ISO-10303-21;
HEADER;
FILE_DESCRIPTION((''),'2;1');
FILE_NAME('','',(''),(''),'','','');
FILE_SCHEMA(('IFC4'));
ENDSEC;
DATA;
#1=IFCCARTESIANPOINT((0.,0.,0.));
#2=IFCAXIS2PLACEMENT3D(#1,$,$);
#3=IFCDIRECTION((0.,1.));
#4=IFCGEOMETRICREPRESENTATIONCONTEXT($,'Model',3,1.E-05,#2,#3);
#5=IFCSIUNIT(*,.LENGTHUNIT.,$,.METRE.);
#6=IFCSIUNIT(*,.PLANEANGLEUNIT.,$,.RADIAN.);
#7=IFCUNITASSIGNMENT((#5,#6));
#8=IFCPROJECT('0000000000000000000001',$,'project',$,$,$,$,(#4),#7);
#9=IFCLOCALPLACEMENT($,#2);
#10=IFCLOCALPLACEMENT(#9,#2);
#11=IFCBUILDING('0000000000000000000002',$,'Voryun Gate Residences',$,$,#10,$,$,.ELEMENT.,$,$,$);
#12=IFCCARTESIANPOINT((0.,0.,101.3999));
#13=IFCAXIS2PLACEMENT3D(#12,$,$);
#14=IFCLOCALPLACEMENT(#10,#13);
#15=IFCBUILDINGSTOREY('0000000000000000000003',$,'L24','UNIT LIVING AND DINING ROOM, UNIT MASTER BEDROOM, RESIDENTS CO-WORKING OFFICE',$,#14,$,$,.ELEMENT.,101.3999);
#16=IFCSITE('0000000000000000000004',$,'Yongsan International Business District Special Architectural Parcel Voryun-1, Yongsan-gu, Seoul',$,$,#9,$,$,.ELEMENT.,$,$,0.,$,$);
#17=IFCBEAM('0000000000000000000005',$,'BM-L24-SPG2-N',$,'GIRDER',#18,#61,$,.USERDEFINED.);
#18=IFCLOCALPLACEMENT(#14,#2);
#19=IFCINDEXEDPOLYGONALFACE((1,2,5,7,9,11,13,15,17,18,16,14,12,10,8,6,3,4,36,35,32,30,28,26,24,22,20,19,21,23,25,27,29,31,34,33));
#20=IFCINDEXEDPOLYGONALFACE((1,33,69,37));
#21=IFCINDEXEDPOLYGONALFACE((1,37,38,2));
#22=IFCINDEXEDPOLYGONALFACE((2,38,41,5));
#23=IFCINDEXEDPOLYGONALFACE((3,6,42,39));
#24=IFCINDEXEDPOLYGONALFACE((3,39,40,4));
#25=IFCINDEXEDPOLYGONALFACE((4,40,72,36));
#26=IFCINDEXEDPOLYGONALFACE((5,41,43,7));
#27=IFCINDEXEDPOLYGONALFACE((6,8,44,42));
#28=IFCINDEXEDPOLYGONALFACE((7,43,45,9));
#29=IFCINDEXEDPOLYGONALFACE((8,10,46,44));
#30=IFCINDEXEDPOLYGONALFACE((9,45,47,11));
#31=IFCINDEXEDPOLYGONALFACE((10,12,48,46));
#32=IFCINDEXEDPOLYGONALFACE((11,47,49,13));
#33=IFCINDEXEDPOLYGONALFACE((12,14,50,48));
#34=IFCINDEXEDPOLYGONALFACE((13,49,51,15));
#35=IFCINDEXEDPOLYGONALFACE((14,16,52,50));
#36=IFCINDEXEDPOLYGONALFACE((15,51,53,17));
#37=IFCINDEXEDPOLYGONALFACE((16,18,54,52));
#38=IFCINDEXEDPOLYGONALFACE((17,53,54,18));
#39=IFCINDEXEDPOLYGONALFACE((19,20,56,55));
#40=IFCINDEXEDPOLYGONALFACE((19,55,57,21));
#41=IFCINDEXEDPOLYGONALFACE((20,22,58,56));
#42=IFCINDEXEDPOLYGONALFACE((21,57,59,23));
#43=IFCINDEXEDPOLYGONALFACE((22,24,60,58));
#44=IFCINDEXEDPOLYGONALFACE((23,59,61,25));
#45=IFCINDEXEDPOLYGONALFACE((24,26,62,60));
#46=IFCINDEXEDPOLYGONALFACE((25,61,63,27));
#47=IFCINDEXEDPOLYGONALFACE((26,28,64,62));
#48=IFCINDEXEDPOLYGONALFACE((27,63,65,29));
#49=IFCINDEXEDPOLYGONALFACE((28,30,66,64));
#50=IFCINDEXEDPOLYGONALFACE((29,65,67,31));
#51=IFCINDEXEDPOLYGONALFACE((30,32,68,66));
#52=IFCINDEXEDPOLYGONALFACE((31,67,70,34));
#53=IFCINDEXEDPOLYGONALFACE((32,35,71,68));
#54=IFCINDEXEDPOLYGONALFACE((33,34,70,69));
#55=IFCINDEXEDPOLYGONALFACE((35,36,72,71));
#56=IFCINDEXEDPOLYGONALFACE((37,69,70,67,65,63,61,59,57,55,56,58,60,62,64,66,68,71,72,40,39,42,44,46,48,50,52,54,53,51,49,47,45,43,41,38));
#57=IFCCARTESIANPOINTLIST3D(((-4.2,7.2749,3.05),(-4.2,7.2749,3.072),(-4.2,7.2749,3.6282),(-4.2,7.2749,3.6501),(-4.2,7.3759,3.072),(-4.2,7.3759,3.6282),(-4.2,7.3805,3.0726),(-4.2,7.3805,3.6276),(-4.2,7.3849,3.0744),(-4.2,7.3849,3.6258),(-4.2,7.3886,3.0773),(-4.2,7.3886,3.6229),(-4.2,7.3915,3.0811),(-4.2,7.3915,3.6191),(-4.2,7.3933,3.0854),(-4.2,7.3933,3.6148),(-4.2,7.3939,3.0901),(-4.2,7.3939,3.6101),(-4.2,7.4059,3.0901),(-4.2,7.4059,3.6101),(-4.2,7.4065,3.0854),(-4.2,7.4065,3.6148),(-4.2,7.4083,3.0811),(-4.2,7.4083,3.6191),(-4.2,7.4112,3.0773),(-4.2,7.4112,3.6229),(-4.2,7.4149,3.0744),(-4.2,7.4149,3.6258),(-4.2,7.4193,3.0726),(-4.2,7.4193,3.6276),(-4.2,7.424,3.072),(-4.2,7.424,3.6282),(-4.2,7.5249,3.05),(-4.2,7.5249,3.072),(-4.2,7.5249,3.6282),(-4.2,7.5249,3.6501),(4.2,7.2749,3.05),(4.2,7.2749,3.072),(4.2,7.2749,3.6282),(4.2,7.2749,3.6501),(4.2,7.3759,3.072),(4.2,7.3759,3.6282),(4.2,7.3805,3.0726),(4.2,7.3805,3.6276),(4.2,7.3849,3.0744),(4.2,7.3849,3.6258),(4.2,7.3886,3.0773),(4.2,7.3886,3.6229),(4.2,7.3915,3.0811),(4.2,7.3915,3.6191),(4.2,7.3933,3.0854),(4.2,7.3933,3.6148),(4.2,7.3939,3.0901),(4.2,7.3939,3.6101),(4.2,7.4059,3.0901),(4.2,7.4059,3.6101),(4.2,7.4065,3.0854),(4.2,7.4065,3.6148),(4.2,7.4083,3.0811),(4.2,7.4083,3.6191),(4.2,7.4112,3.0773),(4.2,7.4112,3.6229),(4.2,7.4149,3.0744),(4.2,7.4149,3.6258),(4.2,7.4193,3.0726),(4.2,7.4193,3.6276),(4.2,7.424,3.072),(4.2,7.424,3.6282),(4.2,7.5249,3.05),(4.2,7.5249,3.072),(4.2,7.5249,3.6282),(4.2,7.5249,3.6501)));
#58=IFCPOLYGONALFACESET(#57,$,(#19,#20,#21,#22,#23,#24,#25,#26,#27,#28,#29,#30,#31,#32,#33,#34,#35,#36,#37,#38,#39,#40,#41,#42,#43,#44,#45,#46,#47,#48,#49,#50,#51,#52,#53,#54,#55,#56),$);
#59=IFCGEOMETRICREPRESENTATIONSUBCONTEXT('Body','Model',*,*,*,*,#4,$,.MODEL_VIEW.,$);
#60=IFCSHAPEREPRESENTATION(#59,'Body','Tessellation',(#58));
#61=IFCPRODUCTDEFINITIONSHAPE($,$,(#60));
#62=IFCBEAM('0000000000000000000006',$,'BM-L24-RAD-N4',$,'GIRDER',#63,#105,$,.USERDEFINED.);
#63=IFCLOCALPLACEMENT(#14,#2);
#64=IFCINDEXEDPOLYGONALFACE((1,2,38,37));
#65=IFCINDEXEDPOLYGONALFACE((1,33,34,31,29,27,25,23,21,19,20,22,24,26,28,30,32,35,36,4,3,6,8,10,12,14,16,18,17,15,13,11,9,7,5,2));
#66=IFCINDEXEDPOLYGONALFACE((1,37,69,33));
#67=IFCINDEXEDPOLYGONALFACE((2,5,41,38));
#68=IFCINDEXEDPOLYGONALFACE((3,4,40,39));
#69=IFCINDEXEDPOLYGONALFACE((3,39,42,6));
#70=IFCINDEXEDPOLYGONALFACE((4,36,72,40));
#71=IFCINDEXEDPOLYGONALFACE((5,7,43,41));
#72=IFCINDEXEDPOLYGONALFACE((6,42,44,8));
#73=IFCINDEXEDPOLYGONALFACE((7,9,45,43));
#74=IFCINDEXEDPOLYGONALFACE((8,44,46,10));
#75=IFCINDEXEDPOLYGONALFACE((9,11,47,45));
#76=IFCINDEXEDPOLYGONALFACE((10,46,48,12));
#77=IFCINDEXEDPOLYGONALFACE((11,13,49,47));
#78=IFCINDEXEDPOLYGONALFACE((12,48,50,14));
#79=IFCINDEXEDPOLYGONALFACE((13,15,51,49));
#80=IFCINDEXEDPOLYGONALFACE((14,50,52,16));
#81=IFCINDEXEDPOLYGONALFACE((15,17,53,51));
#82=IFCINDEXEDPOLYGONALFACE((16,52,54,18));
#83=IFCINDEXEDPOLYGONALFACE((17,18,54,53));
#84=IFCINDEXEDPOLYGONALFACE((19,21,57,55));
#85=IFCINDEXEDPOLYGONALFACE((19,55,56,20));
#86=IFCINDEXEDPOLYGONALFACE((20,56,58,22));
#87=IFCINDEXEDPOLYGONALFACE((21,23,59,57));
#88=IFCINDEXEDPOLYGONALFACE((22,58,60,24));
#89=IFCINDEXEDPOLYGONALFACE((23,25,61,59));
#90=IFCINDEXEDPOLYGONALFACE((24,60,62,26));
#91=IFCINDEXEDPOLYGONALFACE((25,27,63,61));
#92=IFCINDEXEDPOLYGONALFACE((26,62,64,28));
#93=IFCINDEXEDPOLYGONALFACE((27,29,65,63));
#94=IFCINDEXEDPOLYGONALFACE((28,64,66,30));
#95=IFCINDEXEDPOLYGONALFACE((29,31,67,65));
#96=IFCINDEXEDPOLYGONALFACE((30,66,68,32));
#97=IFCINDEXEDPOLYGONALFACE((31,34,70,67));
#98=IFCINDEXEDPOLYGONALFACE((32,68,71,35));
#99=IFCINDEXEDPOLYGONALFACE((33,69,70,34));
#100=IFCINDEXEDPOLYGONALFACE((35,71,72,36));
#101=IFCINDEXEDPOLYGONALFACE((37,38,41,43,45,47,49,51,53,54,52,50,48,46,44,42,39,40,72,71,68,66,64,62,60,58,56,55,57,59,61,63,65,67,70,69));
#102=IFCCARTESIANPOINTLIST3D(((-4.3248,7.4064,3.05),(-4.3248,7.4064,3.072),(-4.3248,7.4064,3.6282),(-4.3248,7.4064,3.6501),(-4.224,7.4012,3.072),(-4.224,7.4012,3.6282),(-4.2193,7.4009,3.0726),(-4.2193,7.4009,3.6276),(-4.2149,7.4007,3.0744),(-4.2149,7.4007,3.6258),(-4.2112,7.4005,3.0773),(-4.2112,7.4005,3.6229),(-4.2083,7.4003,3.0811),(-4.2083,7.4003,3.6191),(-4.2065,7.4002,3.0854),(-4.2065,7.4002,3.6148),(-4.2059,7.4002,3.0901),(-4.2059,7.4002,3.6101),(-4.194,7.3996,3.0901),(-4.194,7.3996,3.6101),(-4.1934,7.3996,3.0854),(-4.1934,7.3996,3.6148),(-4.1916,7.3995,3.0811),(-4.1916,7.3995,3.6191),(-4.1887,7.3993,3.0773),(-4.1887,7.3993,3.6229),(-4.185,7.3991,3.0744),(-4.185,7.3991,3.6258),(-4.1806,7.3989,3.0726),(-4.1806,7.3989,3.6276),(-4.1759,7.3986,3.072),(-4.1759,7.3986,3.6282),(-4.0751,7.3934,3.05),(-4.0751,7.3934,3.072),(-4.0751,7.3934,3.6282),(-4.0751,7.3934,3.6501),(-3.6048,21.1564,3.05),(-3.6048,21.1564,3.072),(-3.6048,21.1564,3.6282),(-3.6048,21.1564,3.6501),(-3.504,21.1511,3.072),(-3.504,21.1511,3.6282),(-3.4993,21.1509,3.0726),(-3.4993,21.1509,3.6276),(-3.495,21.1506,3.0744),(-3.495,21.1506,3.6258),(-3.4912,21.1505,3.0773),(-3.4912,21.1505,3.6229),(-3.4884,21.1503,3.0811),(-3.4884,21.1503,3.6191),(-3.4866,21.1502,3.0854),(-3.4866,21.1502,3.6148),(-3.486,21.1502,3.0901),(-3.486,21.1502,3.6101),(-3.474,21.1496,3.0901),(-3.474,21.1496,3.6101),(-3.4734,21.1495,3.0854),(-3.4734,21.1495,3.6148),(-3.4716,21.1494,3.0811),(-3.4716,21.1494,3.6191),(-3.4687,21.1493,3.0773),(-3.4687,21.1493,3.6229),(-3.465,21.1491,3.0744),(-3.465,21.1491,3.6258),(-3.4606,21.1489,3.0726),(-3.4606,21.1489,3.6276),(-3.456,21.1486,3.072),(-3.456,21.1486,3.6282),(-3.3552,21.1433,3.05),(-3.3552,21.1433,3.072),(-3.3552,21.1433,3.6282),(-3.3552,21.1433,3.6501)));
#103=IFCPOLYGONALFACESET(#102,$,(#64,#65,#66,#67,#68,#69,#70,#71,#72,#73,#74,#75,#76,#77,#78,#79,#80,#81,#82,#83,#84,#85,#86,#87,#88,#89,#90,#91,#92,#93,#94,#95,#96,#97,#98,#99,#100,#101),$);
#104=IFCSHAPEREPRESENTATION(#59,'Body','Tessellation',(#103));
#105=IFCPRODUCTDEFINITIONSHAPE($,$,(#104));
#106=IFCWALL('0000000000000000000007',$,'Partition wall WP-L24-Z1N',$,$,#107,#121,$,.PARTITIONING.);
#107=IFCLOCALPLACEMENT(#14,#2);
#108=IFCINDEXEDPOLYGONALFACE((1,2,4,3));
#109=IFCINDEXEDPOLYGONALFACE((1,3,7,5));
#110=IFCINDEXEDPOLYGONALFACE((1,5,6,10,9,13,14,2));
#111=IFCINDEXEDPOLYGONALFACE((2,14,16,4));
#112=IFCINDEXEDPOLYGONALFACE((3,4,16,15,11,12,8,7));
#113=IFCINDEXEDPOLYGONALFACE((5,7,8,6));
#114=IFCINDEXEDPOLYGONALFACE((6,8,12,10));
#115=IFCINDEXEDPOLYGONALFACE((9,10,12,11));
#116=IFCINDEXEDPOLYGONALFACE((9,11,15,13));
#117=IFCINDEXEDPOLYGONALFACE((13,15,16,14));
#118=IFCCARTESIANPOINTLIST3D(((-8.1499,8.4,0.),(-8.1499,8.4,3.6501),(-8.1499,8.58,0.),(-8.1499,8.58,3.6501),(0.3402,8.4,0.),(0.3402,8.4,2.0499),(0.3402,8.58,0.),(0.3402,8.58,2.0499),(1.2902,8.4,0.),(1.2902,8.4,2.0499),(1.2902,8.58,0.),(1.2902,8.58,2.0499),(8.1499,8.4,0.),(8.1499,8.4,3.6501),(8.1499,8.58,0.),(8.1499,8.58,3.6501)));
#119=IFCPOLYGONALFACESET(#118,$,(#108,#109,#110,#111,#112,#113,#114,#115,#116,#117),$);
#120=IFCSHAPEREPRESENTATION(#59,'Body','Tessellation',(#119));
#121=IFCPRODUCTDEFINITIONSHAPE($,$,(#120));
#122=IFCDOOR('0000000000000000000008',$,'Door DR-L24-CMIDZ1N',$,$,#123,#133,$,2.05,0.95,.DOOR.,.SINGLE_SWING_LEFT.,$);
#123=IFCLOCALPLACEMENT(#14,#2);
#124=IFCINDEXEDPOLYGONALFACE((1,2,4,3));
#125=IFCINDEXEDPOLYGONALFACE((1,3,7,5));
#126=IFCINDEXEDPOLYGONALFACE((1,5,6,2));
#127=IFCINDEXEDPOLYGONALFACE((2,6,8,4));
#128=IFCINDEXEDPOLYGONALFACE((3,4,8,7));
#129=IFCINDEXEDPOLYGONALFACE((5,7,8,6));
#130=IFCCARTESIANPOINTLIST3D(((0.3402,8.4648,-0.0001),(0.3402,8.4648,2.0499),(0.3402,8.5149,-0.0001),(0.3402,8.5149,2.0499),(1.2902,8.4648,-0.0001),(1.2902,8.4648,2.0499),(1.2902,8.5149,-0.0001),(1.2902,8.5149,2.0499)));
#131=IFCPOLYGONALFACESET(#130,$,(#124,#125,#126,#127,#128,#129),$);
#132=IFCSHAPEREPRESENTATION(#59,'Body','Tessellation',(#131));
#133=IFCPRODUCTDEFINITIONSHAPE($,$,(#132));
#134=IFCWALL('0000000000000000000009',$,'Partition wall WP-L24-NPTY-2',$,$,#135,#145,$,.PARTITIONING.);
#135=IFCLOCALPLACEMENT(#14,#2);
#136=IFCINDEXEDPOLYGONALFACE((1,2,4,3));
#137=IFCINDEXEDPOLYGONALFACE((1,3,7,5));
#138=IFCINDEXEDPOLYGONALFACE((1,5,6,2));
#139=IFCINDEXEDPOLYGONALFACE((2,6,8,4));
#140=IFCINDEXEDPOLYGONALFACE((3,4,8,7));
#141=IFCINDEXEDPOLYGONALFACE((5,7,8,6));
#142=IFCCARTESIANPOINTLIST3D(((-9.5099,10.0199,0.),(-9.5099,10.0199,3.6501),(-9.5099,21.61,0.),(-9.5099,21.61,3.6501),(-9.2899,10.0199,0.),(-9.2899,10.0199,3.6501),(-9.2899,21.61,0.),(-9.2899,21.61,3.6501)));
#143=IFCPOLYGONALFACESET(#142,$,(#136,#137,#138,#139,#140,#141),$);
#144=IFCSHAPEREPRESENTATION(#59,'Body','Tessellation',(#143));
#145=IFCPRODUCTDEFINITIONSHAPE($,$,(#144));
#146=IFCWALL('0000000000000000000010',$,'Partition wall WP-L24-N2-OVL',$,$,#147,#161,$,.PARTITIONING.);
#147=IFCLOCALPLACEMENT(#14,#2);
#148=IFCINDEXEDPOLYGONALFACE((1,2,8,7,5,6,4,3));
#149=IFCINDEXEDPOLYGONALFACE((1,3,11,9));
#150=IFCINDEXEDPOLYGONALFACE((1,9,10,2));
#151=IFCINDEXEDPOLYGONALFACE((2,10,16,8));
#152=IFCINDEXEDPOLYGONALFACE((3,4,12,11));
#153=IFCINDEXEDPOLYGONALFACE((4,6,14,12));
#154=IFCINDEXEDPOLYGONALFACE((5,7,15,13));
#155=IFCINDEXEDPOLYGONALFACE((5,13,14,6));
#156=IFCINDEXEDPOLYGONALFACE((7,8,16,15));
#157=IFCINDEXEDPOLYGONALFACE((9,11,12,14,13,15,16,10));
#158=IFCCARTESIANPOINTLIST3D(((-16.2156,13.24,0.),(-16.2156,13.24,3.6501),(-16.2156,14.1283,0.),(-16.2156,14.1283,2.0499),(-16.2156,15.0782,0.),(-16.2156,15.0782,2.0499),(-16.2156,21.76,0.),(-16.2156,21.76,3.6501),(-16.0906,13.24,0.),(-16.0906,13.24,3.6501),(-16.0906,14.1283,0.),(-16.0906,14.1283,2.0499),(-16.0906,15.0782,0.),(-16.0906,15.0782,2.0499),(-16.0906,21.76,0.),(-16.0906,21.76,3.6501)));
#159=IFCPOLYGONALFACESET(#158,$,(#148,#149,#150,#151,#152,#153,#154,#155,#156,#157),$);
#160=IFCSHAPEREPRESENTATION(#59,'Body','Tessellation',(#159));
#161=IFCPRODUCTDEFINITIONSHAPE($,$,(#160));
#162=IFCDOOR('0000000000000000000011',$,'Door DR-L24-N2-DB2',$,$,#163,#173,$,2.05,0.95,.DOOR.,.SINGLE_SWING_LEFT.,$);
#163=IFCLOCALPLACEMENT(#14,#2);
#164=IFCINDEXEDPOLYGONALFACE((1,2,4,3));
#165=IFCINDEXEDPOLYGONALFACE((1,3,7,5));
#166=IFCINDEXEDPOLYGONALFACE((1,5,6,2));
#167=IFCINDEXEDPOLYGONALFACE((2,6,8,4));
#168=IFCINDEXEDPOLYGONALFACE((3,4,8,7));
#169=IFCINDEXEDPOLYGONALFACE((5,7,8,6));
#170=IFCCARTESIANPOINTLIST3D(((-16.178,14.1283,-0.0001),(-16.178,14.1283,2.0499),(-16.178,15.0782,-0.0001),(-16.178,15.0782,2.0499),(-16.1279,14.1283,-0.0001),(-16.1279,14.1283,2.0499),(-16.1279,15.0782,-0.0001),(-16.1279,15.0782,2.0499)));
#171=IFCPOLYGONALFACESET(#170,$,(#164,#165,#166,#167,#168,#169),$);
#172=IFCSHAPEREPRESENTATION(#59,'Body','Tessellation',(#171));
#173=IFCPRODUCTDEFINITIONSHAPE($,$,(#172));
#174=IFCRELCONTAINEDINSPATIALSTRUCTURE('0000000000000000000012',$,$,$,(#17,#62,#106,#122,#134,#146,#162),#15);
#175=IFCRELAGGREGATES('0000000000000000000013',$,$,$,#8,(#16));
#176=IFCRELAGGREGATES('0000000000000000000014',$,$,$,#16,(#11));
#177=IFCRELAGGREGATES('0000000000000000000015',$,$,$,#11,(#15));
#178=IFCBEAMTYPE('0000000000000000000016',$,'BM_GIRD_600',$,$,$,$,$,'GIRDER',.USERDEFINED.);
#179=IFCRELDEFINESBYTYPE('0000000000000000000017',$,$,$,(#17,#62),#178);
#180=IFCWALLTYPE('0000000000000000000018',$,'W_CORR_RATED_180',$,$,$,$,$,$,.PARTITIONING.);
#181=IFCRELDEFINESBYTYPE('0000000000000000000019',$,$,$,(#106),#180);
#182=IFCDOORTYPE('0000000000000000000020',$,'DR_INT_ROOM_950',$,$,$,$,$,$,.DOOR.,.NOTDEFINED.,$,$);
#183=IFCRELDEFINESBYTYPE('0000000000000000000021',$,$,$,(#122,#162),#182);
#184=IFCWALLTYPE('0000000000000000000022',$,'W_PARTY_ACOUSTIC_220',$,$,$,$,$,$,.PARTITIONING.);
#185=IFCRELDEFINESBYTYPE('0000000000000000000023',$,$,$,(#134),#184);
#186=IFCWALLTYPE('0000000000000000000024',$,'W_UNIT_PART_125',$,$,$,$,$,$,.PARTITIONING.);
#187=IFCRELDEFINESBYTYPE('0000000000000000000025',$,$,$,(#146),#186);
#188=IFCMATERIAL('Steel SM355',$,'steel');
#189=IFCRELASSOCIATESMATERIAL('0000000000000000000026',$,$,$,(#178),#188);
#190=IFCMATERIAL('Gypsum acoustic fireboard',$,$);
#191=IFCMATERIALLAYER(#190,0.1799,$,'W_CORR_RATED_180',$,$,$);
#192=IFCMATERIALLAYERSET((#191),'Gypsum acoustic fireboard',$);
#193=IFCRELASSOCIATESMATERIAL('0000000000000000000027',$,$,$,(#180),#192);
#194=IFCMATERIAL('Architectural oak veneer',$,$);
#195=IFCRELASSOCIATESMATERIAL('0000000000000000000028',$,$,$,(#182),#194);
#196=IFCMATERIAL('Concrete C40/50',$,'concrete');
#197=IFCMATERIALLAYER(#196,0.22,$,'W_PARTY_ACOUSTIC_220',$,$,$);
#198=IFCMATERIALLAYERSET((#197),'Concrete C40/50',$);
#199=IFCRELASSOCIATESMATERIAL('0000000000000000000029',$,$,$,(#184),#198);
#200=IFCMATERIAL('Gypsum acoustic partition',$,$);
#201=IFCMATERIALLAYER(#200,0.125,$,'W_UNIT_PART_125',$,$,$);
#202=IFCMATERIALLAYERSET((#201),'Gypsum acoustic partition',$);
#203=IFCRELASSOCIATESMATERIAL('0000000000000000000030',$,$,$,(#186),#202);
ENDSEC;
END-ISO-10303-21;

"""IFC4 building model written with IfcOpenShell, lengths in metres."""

from ifc_helpers import new_model, si_unit, direction, frame, frame_2d, origin, origin_2d, place, context, subcontext, project, spatial, rectangle, i_section, extrude, material, layer, layer_set, material_profile, profile_set, type_object, element, fill, save


model = new_model("IFC4")

# Units and contexts
model_context = context("Model", 3, precision=1e-05, world=origin(), true_north=direction((0.0, 1.0)))
body_context = subcontext(model_context, "Body", "Model", "MODEL_VIEW")
ifc_project = project(units=[si_unit("LENGTHUNIT", "METRE"), si_unit("PLANEANGLEUNIT", "RADIAN")], contexts=[model_context])

# Site, building, storey
site_placement = place(None, origin())
site = spatial("IfcSite", under=ifc_project, at=site_placement, Name="Yongsan International Business District Special Architectural Parcel Voryun-1, Yongsan-gu, Seoul", CompositionType="ELEMENT", RefElevation=0.0)
building_placement = place(site_placement, origin())
building = spatial("IfcBuilding", under=site, at=building_placement, Name="Voryun Gate Residences", CompositionType="ELEMENT")
storey_placement = place(building_placement, frame((0.0, 0.0, 101.3999)))
storey = spatial("IfcBuildingStorey", under=building, at=storey_placement, Name="L24", Description="UNIT LIVING AND DINING ROOM, UNIT MASTER BEDROOM, RESIDENTS CO-WORKING OFFICE", CompositionType="ELEMENT", Elevation=101.3999)

# Beams
ifc_material_1 = material(Name="Steel SM355", Category="steel")
ifc_material_profile_1 = material_profile(ifc_material_1, i_section(OverallWidth=0.25, OverallDepth=0.6001, WebThickness=0.012, FlangeThickness=0.022, FilletRadius=0.0181, at=origin_2d()), Name="H-600x250x12x22")
ifc_profile_set_1 = profile_set([ifc_material_profile_1], Name="Steel SM355")
beam_type_1 = type_object("IfcBeamType", Name="BM_GIRD_600", ElementType="GIRDER", PredefinedType="USERDEFINED", material=ifc_profile_set_1)
beam_1_placement = place(storey_placement, frame((-4.2, 7.3999, 3.3501), z_axis=(1.0, 0.0, 0.0), x_axis=(0.0, 1.0, 0.0)))
element("IfcBeam", 1, at=beam_1_placement, inside=storey, type_object=beam_type_1, Name="BM-L24-SPG2-N", ObjectType="GIRDER", PredefinedType="USERDEFINED", context=body_context, shape_type="SweptSolid", body=[
    extrude(i_section(OverallWidth=0.25, OverallDepth=0.6001, WebThickness=0.012, FlangeThickness=0.022, FilletRadius=0.0181, at=origin_2d()), origin(), (0.0, 0.0, 1.0), 8.3999),
])
beam_2_placement = place(storey_placement, frame((-4.2, 7.3999, 3.3501), z_axis=(0.05229, 0.998632, 0.0), x_axis=(-0.998632, 0.05229, 0.0)))
element("IfcBeam", 2, at=beam_2_placement, inside=storey, type_object=beam_type_1, Name="BM-L24-RAD-N4", ObjectType="GIRDER", PredefinedType="USERDEFINED", context=body_context, shape_type="SweptSolid", body=[
    extrude(i_section(OverallWidth=0.25, OverallDepth=0.6001, WebThickness=0.012, FlangeThickness=0.022, FilletRadius=0.0181, at=origin_2d()), origin(), (0.0, 0.0, 1.0), 13.7688),
])

# Wall, opening, door
ifc_material_2 = material(Name="Gypsum acoustic fireboard")
ifc_layer_1 = layer(ifc_material_2, 0.1799, Name="W_CORR_RATED_180")
ifc_layer_set_1 = layer_set([ifc_layer_1], Name="Gypsum acoustic fireboard")
wall_type_1 = type_object("IfcWallType", Name="W_CORR_RATED_180", PredefinedType="PARTITIONING", material=ifc_layer_set_1)
wall_1_placement = place(storey_placement, frame((-8.1499, 8.49, 0.0), z_axis=(0.0, 0.0, 1.0), x_axis=(1.0, 0.0, 0.0)))
wall_1 = element("IfcWall", 3, at=wall_1_placement, inside=storey, type_object=wall_type_1, Name="Partition wall WP-L24-Z1N", PredefinedType="PARTITIONING", context=body_context, shape_type="SweptSolid", body=[
    extrude(rectangle(XDim=16.2998, YDim=0.1799, at=frame_2d((8.1499, 0.0))), origin(), (0.0, 0.0, 1.0), 3.6501),
])
opening_1_placement = place(wall_1_placement, frame((8.49, 0.0, 0.0)))
opening_1 = element("IfcOpeningElement", 4, at=opening_1_placement, cuts=wall_1, PredefinedType="OPENING", context=body_context, shape_type="SweptSolid", body=[
    extrude(rectangle(XDim=0.95, YDim=2.05, at=frame_2d((0.4751, 1.0249))), frame((0.0, 0.0999, 0.0), z_axis=(0.0, -1.0, 0.0), x_axis=(1.0, 0.0, 0.0)), (0.0, 0.0, 1.0), 0.2),
])
ifc_material_3 = material(Name="Architectural oak veneer")
door_type_1 = type_object("IfcDoorType", Name="DR_INT_ROOM_950", OperationType="NOTDEFINED", PredefinedType="DOOR", material=ifc_material_3)
door_1_placement = place(opening_1_placement, origin())
door_1 = element("IfcDoor", 5, at=door_1_placement, inside=storey, type_object=door_type_1, Name="Door DR-L24-CMIDZ1N", OperationType="SINGLE_SWING_LEFT", OverallHeight=2.05, OverallWidth=0.95, PredefinedType="DOOR", context=body_context, shape_type="SweptSolid", body=[
    extrude(rectangle(XDim=0.95, YDim=2.05, at=frame_2d((0.4751, 1.0249))), frame((0.0, 0.0249, 0.0), z_axis=(0.0, -1.0, 0.0), x_axis=(1.0, 0.0, 0.0)), (0.0, 0.0, 1.0), 0.05),
])
fill(opening_1, door_1)

# Wall
ifc_material_4 = material(Name="Concrete C40/50", Category="concrete")
ifc_layer_2 = layer(ifc_material_4, 0.22, Name="W_PARTY_ACOUSTIC_220")
ifc_layer_set_2 = layer_set([ifc_layer_2], Name="Concrete C40/50")
wall_type_2 = type_object("IfcWallType", Name="W_PARTY_ACOUSTIC_220", PredefinedType="PARTITIONING", material=ifc_layer_set_2)
wall_2_placement = place(storey_placement, frame((-9.3999, 10.02, 0.0), z_axis=(0.0, 0.0, 1.0), x_axis=(0.0, 1.0, 0.0)))
element("IfcWall", 6, at=wall_2_placement, inside=storey, type_object=wall_type_2, Name="Partition wall WP-L24-NPTY-2", PredefinedType="PARTITIONING", context=body_context, shape_type="SweptSolid", body=[
    extrude(rectangle(XDim=11.5901, YDim=0.22, at=frame_2d((5.7949, 0.0))), origin(), (0.0, 0.0, 1.0), 3.6501),
])

# Wall, opening, door
ifc_material_5 = material(Name="Gypsum acoustic partition")
ifc_layer_3 = layer(ifc_material_5, 0.125, Name="W_UNIT_PART_125")
ifc_layer_set_3 = layer_set([ifc_layer_3], Name="Gypsum acoustic partition")
wall_type_3 = type_object("IfcWallType", Name="W_UNIT_PART_125", PredefinedType="PARTITIONING", material=ifc_layer_set_3)
wall_3_placement = place(storey_placement, frame((-16.1531, 13.24, 0.0), z_axis=(0.0, 0.0, 1.0), x_axis=(0.0, 1.0, 0.0)))
wall_3 = element("IfcWall", 7, at=wall_3_placement, inside=storey, type_object=wall_type_3, Name="Partition wall WP-L24-N2-OVL", PredefinedType="PARTITIONING", context=body_context, shape_type="SweptSolid", body=[
    extrude(rectangle(XDim=8.52, YDim=0.125, at=frame_2d((4.26, 0.0))), origin(), (0.0, 0.0, 1.0), 3.6501),
])
opening_2_placement = place(wall_3_placement, frame((0.8882, 0.0, 0.0)))
opening_2 = element("IfcOpeningElement", 8, at=opening_2_placement, cuts=wall_3, PredefinedType="OPENING", context=body_context, shape_type="SweptSolid", body=[
    extrude(rectangle(XDim=0.95, YDim=2.05, at=frame_2d((0.4751, 1.0249))), frame((0.0, 0.0725, 0.0), z_axis=(0.0, -1.0, 0.0), x_axis=(1.0, 0.0, 0.0)), (0.0, 0.0, 1.0), 0.145),
])
door_2_placement = place(opening_2_placement, origin())
door_2 = element("IfcDoor", 9, at=door_2_placement, inside=storey, type_object=door_type_1, Name="Door DR-L24-N2-DB2", OperationType="SINGLE_SWING_LEFT", OverallHeight=2.05, OverallWidth=0.95, PredefinedType="DOOR", context=body_context, shape_type="SweptSolid", body=[
    extrude(rectangle(XDim=0.95, YDim=2.05, at=frame_2d((0.4751, 1.0249))), frame((0.0, 0.0249, 0.0), z_axis=(0.0, -1.0, 0.0), x_axis=(1.0, 0.0, 0.0)), (0.0, 0.0, 1.0), 0.05),
])
fill(opening_2, door_2)

save(model, "model.ifc")
